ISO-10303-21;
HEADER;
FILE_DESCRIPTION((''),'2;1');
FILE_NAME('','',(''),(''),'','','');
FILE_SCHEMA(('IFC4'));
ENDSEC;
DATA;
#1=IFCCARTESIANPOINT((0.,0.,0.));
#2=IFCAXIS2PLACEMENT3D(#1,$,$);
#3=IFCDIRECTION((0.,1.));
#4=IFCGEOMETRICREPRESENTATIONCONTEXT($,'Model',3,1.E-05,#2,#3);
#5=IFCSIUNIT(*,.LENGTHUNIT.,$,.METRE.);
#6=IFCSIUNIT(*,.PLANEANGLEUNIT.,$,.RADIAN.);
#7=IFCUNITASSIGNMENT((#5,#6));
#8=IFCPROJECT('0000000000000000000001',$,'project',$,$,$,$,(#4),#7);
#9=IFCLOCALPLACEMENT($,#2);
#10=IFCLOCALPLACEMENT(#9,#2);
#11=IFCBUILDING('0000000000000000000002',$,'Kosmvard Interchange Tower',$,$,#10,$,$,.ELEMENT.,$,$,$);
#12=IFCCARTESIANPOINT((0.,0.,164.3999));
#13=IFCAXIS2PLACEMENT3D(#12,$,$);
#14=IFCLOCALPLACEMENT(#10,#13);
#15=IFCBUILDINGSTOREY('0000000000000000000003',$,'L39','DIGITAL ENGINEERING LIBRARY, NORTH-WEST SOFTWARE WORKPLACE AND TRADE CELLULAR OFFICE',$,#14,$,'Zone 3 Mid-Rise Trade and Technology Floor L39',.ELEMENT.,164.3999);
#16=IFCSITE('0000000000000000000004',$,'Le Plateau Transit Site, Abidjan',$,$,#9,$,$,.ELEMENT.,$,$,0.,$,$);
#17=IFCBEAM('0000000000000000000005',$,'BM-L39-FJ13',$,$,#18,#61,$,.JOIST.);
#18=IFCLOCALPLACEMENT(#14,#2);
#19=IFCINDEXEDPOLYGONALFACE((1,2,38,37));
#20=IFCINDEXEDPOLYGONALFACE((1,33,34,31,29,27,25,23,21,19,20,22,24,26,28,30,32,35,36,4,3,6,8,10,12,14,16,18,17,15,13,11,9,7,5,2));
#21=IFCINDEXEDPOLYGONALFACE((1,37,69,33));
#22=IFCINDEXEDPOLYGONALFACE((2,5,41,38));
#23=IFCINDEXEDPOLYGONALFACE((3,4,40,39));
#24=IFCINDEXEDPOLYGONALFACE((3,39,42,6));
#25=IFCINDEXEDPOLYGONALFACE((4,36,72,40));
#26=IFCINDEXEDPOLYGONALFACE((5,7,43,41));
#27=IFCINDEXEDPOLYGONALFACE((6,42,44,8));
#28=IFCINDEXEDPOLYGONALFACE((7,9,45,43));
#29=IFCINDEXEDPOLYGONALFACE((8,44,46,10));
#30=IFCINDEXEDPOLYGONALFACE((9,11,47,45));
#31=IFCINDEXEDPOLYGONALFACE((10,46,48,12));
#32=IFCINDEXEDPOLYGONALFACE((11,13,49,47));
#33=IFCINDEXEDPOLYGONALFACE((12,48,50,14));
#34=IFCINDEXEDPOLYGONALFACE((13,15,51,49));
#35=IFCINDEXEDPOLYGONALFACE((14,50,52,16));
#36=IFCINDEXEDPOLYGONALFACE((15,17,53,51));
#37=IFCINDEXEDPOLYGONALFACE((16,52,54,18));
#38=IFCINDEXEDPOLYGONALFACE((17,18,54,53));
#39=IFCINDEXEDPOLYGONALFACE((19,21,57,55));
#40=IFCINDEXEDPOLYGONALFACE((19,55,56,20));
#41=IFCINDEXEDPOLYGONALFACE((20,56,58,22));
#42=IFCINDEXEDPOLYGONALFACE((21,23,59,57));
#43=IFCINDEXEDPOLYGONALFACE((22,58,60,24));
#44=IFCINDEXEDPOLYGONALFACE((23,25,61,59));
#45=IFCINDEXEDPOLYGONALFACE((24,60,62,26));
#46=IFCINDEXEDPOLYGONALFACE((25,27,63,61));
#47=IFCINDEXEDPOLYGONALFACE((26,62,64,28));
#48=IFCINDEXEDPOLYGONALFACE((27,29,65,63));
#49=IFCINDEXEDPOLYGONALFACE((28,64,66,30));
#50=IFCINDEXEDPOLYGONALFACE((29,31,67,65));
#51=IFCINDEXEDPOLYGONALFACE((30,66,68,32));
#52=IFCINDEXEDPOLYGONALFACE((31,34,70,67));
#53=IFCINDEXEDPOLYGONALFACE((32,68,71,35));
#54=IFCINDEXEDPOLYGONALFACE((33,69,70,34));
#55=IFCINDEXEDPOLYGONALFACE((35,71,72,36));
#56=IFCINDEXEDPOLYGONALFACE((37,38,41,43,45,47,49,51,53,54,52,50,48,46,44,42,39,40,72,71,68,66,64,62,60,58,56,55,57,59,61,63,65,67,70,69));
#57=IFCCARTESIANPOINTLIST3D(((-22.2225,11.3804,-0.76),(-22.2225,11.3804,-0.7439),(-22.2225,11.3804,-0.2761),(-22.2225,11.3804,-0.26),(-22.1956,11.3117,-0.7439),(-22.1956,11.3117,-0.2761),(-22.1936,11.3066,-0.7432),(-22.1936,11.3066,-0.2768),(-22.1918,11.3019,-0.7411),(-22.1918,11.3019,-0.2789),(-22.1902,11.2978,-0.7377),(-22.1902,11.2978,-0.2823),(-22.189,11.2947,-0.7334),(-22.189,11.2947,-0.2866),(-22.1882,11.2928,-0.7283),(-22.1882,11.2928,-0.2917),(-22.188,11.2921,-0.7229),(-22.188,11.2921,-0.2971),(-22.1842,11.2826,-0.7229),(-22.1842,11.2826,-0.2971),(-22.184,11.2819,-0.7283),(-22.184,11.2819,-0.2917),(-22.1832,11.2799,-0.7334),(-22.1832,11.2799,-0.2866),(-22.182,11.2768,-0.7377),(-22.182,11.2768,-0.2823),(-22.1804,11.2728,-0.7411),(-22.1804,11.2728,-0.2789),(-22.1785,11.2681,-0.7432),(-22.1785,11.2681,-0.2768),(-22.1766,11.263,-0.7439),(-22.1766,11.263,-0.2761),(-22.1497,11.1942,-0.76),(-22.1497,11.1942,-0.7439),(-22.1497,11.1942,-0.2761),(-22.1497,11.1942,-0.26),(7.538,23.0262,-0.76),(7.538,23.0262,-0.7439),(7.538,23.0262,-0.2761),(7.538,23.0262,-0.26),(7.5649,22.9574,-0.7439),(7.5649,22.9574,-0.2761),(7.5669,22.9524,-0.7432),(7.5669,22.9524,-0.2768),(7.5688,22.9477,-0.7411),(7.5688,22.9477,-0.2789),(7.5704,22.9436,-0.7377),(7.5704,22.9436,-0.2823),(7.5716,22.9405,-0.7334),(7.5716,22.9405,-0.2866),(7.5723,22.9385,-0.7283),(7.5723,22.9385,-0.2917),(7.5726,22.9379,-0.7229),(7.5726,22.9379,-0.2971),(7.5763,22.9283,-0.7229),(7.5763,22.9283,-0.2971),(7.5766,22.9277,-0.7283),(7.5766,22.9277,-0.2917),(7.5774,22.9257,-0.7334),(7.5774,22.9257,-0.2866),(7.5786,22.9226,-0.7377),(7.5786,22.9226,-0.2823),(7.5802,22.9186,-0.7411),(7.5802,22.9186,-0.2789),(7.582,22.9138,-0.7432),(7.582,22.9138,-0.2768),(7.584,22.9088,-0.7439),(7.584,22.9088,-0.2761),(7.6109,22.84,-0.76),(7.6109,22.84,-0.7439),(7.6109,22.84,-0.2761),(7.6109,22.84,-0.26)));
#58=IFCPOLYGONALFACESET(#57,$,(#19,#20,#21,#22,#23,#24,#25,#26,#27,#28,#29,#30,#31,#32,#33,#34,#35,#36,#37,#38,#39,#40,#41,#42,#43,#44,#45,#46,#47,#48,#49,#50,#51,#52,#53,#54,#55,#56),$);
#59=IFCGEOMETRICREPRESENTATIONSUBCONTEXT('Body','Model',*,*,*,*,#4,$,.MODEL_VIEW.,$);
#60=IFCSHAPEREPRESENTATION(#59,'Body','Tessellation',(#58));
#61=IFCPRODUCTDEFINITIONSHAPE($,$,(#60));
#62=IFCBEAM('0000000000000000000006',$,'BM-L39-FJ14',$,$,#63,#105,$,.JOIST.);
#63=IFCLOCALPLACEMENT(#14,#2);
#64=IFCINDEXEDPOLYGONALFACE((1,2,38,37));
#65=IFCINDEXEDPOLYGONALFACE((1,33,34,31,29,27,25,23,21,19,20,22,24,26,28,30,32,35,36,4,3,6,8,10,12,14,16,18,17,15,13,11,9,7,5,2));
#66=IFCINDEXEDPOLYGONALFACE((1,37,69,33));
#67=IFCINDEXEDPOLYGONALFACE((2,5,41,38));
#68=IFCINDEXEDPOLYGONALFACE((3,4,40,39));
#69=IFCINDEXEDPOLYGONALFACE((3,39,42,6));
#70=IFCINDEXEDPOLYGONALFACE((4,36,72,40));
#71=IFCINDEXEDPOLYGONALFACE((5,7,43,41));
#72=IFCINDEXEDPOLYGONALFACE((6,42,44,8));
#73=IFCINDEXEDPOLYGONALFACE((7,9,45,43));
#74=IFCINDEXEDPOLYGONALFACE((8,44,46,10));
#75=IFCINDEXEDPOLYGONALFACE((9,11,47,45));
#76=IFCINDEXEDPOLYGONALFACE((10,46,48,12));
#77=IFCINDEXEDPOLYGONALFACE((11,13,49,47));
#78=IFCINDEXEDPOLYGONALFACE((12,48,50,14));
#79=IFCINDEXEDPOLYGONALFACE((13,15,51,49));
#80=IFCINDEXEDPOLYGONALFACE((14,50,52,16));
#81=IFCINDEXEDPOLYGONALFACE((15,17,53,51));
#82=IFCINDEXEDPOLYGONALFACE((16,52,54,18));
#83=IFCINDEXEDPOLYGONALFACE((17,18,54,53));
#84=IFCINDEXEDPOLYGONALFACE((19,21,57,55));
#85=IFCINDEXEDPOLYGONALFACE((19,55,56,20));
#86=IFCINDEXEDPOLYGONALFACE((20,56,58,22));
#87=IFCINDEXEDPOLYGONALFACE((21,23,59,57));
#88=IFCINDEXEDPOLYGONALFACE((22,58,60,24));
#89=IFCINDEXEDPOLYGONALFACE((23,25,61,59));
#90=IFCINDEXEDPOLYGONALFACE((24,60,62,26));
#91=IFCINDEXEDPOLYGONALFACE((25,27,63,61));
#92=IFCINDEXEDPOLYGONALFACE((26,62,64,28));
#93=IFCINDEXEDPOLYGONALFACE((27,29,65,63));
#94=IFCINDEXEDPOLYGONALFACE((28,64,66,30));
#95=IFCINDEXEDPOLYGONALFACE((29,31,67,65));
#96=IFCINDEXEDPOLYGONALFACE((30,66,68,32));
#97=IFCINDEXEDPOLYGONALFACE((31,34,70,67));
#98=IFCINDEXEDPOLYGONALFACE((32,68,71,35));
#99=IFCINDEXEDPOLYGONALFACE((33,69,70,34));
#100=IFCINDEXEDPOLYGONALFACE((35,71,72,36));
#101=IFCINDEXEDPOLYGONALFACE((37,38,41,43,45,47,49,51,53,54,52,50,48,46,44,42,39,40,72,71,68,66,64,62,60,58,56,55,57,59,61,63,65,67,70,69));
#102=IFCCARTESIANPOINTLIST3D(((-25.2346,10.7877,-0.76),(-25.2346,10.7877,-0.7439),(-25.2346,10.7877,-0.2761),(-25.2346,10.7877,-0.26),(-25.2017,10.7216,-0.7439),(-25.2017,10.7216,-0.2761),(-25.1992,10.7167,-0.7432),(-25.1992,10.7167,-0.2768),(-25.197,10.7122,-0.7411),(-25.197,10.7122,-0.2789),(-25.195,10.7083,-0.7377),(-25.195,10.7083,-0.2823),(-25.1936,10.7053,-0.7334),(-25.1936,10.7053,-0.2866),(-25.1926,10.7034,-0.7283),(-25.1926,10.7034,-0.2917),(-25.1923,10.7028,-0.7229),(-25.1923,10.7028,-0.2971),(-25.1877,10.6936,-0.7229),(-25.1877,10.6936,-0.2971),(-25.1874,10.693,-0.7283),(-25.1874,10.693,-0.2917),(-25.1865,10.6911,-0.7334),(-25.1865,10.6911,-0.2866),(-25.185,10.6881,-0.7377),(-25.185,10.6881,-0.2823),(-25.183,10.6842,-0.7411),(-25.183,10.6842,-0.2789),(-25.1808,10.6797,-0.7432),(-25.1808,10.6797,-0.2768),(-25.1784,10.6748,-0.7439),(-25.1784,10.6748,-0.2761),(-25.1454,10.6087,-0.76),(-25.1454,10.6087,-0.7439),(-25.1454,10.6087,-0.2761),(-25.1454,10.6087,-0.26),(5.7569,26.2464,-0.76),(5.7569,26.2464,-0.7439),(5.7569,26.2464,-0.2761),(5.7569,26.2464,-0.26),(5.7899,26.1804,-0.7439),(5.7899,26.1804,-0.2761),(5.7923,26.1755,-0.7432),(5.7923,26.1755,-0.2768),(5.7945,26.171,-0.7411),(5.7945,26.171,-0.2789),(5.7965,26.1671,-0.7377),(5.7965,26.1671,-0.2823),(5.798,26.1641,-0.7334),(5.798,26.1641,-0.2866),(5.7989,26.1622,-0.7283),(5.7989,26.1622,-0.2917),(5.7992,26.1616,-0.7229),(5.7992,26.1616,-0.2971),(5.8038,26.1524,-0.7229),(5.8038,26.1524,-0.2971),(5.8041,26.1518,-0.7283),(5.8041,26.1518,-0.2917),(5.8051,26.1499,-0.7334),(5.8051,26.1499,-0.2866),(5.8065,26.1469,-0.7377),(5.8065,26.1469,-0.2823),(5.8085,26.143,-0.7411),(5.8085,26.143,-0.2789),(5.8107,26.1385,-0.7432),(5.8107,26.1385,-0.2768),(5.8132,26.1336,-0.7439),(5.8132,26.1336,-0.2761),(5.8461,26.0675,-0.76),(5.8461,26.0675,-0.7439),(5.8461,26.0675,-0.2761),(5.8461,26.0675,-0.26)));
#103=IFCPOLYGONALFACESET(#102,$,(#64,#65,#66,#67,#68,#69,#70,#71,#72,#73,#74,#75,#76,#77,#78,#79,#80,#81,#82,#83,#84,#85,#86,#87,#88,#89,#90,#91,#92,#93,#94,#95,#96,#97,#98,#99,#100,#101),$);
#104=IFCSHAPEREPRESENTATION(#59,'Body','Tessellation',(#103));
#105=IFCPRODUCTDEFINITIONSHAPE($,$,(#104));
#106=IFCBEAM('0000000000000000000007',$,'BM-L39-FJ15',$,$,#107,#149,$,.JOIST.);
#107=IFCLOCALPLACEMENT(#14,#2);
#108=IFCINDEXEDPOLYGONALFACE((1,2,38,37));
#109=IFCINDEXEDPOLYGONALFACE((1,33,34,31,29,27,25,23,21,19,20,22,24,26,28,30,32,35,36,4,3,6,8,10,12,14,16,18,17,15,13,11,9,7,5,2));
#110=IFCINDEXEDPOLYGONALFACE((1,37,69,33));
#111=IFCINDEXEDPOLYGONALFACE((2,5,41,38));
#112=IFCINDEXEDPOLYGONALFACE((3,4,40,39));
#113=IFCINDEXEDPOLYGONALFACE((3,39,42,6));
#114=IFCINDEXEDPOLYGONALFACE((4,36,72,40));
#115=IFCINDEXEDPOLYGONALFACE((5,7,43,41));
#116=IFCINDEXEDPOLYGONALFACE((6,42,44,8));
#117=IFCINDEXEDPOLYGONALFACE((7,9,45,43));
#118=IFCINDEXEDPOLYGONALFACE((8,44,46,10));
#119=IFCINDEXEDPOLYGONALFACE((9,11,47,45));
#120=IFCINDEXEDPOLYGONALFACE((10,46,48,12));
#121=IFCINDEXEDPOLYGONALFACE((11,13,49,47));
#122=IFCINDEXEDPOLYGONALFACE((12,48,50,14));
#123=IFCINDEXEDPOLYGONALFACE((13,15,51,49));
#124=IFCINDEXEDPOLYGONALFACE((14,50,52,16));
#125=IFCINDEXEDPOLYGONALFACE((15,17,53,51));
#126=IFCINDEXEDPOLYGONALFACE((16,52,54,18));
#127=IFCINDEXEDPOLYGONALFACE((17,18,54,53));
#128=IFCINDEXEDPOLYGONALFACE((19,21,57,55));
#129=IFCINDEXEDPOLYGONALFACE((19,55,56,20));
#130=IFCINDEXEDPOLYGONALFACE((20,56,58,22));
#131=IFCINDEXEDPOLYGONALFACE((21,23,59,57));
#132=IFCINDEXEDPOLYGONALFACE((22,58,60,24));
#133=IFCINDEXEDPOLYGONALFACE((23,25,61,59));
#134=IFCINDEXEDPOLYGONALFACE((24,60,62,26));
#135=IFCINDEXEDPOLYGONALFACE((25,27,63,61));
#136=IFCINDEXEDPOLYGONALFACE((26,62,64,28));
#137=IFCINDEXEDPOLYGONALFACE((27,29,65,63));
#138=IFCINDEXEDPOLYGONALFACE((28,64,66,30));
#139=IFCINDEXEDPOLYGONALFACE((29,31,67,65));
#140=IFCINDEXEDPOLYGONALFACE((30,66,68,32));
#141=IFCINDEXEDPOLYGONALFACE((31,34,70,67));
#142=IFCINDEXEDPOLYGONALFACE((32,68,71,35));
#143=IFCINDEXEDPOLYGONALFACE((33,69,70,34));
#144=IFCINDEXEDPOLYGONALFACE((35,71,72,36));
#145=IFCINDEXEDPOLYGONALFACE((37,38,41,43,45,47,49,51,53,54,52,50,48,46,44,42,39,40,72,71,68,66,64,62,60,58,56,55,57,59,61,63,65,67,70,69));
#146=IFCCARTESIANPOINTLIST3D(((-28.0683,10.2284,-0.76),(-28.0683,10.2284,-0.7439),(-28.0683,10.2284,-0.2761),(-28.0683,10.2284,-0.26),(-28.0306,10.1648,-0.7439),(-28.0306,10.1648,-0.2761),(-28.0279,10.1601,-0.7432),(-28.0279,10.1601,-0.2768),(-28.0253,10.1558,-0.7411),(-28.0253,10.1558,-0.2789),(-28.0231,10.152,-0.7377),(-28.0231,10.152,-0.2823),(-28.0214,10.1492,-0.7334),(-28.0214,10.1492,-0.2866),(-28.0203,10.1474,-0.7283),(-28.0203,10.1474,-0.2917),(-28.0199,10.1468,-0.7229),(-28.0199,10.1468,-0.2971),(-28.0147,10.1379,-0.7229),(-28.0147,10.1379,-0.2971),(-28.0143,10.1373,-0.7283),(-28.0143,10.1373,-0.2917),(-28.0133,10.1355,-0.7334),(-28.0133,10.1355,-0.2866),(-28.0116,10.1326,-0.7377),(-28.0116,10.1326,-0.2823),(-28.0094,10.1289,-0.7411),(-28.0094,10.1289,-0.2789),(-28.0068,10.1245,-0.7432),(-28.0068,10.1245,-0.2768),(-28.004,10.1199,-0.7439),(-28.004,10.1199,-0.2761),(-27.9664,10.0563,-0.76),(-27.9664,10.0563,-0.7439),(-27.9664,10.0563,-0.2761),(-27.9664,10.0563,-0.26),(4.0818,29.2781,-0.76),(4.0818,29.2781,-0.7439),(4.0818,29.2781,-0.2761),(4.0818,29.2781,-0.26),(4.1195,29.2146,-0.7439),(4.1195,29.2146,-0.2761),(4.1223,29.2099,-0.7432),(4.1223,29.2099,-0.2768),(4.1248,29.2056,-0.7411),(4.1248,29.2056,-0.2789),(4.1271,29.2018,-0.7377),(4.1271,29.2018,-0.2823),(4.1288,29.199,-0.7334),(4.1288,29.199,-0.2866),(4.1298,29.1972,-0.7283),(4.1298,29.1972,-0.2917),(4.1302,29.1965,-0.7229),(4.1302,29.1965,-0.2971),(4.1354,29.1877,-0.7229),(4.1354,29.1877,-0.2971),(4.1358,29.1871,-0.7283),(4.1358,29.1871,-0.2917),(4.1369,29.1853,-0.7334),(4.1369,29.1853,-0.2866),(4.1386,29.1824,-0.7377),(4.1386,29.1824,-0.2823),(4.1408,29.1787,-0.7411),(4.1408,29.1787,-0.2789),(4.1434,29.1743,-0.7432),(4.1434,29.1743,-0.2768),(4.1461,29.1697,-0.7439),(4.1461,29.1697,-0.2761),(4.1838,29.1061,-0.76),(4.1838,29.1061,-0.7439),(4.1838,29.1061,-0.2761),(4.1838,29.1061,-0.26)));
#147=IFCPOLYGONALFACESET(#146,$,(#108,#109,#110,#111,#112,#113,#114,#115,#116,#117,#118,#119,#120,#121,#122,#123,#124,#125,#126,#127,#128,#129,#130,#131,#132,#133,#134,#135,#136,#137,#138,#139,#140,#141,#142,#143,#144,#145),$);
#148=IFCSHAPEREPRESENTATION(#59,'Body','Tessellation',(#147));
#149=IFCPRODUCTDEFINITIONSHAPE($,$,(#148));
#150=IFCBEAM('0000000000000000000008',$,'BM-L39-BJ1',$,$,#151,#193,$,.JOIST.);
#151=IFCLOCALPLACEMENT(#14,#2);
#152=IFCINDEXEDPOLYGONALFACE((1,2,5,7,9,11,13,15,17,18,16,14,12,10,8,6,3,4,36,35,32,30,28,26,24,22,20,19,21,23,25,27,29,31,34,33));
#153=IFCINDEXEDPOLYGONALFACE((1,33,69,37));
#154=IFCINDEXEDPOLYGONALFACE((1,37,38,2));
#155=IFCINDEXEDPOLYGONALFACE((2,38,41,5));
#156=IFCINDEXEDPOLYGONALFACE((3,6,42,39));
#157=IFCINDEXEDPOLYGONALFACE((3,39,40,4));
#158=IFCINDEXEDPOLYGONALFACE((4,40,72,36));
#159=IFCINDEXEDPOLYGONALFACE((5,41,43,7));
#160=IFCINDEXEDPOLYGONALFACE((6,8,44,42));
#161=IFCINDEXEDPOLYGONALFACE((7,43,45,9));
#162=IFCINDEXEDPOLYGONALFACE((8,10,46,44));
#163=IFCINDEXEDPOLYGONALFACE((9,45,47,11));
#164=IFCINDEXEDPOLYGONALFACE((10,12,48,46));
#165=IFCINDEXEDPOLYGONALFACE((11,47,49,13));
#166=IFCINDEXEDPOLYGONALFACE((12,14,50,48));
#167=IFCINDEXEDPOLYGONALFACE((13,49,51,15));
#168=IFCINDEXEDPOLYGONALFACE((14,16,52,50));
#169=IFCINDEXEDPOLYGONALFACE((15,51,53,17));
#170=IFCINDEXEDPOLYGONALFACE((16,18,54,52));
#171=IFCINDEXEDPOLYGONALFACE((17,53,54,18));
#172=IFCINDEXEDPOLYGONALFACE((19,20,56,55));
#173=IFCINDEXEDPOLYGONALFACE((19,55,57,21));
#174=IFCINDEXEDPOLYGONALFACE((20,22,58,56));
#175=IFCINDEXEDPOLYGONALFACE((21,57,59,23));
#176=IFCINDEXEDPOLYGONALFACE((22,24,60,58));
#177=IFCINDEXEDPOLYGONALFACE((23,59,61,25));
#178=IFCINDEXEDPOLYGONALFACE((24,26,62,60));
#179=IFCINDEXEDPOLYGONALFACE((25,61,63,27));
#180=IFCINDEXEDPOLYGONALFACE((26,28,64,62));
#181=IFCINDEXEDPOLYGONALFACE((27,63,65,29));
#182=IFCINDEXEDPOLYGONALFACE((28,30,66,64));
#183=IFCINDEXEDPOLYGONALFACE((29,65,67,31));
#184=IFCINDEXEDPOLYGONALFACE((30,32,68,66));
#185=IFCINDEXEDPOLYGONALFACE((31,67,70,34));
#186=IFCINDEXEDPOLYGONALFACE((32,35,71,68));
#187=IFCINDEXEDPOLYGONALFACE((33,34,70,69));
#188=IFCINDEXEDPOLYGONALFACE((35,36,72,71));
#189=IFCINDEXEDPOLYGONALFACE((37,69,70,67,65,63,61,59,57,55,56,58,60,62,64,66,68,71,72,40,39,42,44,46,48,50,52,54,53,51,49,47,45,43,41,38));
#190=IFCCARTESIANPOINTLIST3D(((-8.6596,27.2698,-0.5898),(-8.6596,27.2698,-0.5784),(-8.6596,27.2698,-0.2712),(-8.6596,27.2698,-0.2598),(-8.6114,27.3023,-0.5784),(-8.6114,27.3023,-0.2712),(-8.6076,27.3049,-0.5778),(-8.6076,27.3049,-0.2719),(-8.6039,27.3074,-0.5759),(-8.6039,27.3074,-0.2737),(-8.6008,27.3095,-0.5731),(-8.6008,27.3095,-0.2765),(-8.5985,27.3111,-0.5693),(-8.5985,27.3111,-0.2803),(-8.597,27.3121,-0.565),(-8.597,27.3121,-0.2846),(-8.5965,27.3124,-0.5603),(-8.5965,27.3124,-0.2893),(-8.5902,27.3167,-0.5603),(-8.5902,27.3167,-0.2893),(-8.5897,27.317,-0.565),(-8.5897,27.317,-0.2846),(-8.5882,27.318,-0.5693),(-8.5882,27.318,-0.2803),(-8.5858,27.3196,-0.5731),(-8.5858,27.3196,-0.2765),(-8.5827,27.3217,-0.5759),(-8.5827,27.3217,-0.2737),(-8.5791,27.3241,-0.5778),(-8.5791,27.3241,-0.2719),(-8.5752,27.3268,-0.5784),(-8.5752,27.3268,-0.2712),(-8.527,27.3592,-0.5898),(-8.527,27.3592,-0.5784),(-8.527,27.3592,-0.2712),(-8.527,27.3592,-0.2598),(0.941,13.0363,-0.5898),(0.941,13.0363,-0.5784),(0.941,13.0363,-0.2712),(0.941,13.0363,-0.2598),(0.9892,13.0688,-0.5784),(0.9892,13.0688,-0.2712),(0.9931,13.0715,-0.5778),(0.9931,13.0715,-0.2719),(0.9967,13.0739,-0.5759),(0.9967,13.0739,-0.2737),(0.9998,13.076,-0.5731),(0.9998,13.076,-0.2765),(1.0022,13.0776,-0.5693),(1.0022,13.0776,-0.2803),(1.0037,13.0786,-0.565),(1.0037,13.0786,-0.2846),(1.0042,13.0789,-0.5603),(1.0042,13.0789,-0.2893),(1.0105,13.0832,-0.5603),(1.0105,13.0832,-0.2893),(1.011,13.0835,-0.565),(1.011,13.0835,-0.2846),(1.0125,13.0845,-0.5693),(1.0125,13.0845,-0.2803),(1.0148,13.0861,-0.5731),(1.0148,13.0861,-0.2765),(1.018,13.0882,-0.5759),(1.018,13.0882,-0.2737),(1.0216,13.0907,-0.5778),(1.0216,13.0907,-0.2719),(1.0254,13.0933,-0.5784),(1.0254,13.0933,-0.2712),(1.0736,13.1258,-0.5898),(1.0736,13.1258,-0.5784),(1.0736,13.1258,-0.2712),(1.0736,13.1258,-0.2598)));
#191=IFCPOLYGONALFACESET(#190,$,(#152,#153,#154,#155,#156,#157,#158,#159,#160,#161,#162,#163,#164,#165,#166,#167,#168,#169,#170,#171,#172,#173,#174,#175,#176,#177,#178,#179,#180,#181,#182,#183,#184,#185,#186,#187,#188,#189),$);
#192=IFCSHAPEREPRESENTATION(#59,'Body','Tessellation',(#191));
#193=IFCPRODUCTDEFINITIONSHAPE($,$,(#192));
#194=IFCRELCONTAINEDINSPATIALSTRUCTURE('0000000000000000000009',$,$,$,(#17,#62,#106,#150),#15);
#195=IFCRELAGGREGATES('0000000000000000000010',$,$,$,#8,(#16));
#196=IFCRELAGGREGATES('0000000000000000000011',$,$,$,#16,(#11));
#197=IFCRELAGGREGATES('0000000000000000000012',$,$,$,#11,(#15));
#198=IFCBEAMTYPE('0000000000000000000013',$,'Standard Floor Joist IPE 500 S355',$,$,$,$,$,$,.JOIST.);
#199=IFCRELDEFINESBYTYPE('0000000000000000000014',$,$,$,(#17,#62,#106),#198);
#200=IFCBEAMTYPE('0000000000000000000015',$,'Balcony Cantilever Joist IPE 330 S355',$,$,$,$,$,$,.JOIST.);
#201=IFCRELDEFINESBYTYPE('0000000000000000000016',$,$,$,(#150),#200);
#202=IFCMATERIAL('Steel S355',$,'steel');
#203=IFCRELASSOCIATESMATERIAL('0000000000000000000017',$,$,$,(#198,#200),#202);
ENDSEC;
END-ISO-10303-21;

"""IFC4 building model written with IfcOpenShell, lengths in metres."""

from ifc_helpers import new_model, si_unit, direction, frame, origin, origin_2d, place, context, subcontext, project, spatial, i_section, extrude, source, transform, mapped, material, material_profile, profile_set, type_object, element, save


model = new_model("IFC4")

# Units and contexts
model_context = context("Model", 3, precision=1e-05, world=origin(), true_north=direction((0.0, 1.0)))
body_context = subcontext(model_context, "Body", "Model", "MODEL_VIEW")
ifc_project = project(units=[si_unit("LENGTHUNIT", "METRE"), si_unit("PLANEANGLEUNIT", "RADIAN")], contexts=[model_context])

# Site, building, storey
site_placement = place(None, origin())
site = spatial("IfcSite", under=ifc_project, at=site_placement, Name="Le Plateau Transit Site, Abidjan", CompositionType="ELEMENT", RefElevation=0.0)
building_placement = place(site_placement, origin())
building = spatial("IfcBuilding", under=site, at=building_placement, Name="Kosmvard Interchange Tower", CompositionType="ELEMENT")
storey_placement = place(building_placement, frame((0.0, 0.0, 164.3999)))
storey = spatial("IfcBuildingStorey", under=building, at=storey_placement, Name="L39", Description="DIGITAL ENGINEERING LIBRARY, NORTH-WEST SOFTWARE WORKPLACE AND TRADE CELLULAR OFFICE", LongName="Zone 3 Mid-Rise Trade and Technology Floor L39", CompositionType="ELEMENT", Elevation=164.3999)

# Beams
ifc_material_1 = material(Name="Steel S355", Category="steel")
ifc_material_profile_1 = material_profile(ifc_material_1, i_section(OverallWidth=0.2, OverallDepth=0.5, WebThickness=0.0103, FlangeThickness=0.0161, FilletRadius=0.021, at=origin_2d()), Name="IPE 500")
ifc_profile_set_1 = profile_set([ifc_material_profile_1], Name="Steel S355")
beam_type_1 = type_object("IfcBeamType", Name="Standard Floor Joist IPE 500 S355", PredefinedType="JOIST", material=ifc_profile_set_1)
shared_shape_1 = source(origin(), body_context, "Body", "SweptSolid", [
    extrude(i_section(OverallWidth=0.2, OverallDepth=0.5, WebThickness=0.0103, FlangeThickness=0.0161, FilletRadius=0.021, at=origin_2d()), origin(), (0.0, 0.0, 1.0), 31.958),
])
beam_1_placement = place(storey_placement, frame((7.5745, 22.9331, -0.51), z_axis=(-0.931239, -0.364409, 0.0), x_axis=(0.364409, -0.931239, 0.0)))
element("IfcBeam", 1, at=beam_1_placement, inside=storey, type_object=beam_type_1, Name="BM-L39-FJ13", PredefinedType="JOIST", context=body_context, shape_type="MappedRepresentation", body=[
    mapped(shared_shape_1, transform((0.0, 0.0, 0.0), scale=1.0)),
])
shared_shape_2 = source(origin(), body_context, "Body", "SweptSolid", [
    extrude(i_section(OverallWidth=0.2, OverallDepth=0.5, WebThickness=0.0103, FlangeThickness=0.0161, FilletRadius=0.021, at=origin_2d()), origin(), (0.0, 0.0, 1.0), 34.6331),
])
beam_2_placement = place(storey_placement, frame((5.8015, 26.157, -0.51), z_axis=(-0.894854, -0.446359, 0.0), x_axis=(0.446359, -0.894854, 0.0)))
element("IfcBeam", 2, at=beam_2_placement, inside=storey, type_object=beam_type_1, Name="BM-L39-FJ14", PredefinedType="JOIST", context=body_context, shape_type="MappedRepresentation", body=[
    mapped(shared_shape_2, transform((0.0, 0.0, 0.0), scale=1.0)),
])
shared_shape_3 = source(origin(), body_context, "Body", "SweptSolid", [
    extrude(i_section(OverallWidth=0.2, OverallDepth=0.5, WebThickness=0.0103, FlangeThickness=0.0161, FilletRadius=0.021, at=origin_2d()), origin(), (0.0, 0.0, 1.0), 37.3701),
])
beam_3_placement = place(storey_placement, frame((4.1328, 29.1921, -0.51), z_axis=(-0.860317, -0.50976, 0.0), x_axis=(0.50976, -0.860317, 0.0)))
element("IfcBeam", 3, at=beam_3_placement, inside=storey, type_object=beam_type_1, Name="BM-L39-FJ15", PredefinedType="JOIST", context=body_context, shape_type="MappedRepresentation", body=[
    mapped(shared_shape_3, transform((0.0, 0.0, 0.0), scale=1.0)),
])
ifc_material_profile_2 = material_profile(ifc_material_1, i_section(OverallWidth=0.1599, OverallDepth=0.3301, WebThickness=0.0076, FlangeThickness=0.0115, FilletRadius=0.0181, at=origin_2d()), Name="IPE 330")
ifc_profile_set_2 = profile_set([ifc_material_profile_2], Name="Steel S355")
beam_type_2 = type_object("IfcBeamType", Name="Balcony Cantilever Joist IPE 330 S355", PredefinedType="JOIST", material=ifc_profile_set_2)
shared_shape_4 = source(origin(), body_context, "Body", "SweptSolid", [
    extrude(i_section(OverallWidth=0.1599, OverallDepth=0.3301, WebThickness=0.0076, FlangeThickness=0.0115, FilletRadius=0.0181, at=origin_2d()), origin(), (0.0, 0.0, 1.0), 17.1687),
])
beam_4_placement = place(storey_placement, frame((1.0073, 13.0811, -0.4248), z_axis=(-0.559194, 0.829037, 0.0), x_axis=(-0.829037, -0.559194, 0.0)))
element("IfcBeam", 4, at=beam_4_placement, inside=storey, type_object=beam_type_2, Name="BM-L39-BJ1", PredefinedType="JOIST", context=body_context, shape_type="MappedRepresentation", body=[
    mapped(shared_shape_4, transform((0.0, 0.0, 0.0), scale=1.0)),
])

save(model, "model.ifc")
